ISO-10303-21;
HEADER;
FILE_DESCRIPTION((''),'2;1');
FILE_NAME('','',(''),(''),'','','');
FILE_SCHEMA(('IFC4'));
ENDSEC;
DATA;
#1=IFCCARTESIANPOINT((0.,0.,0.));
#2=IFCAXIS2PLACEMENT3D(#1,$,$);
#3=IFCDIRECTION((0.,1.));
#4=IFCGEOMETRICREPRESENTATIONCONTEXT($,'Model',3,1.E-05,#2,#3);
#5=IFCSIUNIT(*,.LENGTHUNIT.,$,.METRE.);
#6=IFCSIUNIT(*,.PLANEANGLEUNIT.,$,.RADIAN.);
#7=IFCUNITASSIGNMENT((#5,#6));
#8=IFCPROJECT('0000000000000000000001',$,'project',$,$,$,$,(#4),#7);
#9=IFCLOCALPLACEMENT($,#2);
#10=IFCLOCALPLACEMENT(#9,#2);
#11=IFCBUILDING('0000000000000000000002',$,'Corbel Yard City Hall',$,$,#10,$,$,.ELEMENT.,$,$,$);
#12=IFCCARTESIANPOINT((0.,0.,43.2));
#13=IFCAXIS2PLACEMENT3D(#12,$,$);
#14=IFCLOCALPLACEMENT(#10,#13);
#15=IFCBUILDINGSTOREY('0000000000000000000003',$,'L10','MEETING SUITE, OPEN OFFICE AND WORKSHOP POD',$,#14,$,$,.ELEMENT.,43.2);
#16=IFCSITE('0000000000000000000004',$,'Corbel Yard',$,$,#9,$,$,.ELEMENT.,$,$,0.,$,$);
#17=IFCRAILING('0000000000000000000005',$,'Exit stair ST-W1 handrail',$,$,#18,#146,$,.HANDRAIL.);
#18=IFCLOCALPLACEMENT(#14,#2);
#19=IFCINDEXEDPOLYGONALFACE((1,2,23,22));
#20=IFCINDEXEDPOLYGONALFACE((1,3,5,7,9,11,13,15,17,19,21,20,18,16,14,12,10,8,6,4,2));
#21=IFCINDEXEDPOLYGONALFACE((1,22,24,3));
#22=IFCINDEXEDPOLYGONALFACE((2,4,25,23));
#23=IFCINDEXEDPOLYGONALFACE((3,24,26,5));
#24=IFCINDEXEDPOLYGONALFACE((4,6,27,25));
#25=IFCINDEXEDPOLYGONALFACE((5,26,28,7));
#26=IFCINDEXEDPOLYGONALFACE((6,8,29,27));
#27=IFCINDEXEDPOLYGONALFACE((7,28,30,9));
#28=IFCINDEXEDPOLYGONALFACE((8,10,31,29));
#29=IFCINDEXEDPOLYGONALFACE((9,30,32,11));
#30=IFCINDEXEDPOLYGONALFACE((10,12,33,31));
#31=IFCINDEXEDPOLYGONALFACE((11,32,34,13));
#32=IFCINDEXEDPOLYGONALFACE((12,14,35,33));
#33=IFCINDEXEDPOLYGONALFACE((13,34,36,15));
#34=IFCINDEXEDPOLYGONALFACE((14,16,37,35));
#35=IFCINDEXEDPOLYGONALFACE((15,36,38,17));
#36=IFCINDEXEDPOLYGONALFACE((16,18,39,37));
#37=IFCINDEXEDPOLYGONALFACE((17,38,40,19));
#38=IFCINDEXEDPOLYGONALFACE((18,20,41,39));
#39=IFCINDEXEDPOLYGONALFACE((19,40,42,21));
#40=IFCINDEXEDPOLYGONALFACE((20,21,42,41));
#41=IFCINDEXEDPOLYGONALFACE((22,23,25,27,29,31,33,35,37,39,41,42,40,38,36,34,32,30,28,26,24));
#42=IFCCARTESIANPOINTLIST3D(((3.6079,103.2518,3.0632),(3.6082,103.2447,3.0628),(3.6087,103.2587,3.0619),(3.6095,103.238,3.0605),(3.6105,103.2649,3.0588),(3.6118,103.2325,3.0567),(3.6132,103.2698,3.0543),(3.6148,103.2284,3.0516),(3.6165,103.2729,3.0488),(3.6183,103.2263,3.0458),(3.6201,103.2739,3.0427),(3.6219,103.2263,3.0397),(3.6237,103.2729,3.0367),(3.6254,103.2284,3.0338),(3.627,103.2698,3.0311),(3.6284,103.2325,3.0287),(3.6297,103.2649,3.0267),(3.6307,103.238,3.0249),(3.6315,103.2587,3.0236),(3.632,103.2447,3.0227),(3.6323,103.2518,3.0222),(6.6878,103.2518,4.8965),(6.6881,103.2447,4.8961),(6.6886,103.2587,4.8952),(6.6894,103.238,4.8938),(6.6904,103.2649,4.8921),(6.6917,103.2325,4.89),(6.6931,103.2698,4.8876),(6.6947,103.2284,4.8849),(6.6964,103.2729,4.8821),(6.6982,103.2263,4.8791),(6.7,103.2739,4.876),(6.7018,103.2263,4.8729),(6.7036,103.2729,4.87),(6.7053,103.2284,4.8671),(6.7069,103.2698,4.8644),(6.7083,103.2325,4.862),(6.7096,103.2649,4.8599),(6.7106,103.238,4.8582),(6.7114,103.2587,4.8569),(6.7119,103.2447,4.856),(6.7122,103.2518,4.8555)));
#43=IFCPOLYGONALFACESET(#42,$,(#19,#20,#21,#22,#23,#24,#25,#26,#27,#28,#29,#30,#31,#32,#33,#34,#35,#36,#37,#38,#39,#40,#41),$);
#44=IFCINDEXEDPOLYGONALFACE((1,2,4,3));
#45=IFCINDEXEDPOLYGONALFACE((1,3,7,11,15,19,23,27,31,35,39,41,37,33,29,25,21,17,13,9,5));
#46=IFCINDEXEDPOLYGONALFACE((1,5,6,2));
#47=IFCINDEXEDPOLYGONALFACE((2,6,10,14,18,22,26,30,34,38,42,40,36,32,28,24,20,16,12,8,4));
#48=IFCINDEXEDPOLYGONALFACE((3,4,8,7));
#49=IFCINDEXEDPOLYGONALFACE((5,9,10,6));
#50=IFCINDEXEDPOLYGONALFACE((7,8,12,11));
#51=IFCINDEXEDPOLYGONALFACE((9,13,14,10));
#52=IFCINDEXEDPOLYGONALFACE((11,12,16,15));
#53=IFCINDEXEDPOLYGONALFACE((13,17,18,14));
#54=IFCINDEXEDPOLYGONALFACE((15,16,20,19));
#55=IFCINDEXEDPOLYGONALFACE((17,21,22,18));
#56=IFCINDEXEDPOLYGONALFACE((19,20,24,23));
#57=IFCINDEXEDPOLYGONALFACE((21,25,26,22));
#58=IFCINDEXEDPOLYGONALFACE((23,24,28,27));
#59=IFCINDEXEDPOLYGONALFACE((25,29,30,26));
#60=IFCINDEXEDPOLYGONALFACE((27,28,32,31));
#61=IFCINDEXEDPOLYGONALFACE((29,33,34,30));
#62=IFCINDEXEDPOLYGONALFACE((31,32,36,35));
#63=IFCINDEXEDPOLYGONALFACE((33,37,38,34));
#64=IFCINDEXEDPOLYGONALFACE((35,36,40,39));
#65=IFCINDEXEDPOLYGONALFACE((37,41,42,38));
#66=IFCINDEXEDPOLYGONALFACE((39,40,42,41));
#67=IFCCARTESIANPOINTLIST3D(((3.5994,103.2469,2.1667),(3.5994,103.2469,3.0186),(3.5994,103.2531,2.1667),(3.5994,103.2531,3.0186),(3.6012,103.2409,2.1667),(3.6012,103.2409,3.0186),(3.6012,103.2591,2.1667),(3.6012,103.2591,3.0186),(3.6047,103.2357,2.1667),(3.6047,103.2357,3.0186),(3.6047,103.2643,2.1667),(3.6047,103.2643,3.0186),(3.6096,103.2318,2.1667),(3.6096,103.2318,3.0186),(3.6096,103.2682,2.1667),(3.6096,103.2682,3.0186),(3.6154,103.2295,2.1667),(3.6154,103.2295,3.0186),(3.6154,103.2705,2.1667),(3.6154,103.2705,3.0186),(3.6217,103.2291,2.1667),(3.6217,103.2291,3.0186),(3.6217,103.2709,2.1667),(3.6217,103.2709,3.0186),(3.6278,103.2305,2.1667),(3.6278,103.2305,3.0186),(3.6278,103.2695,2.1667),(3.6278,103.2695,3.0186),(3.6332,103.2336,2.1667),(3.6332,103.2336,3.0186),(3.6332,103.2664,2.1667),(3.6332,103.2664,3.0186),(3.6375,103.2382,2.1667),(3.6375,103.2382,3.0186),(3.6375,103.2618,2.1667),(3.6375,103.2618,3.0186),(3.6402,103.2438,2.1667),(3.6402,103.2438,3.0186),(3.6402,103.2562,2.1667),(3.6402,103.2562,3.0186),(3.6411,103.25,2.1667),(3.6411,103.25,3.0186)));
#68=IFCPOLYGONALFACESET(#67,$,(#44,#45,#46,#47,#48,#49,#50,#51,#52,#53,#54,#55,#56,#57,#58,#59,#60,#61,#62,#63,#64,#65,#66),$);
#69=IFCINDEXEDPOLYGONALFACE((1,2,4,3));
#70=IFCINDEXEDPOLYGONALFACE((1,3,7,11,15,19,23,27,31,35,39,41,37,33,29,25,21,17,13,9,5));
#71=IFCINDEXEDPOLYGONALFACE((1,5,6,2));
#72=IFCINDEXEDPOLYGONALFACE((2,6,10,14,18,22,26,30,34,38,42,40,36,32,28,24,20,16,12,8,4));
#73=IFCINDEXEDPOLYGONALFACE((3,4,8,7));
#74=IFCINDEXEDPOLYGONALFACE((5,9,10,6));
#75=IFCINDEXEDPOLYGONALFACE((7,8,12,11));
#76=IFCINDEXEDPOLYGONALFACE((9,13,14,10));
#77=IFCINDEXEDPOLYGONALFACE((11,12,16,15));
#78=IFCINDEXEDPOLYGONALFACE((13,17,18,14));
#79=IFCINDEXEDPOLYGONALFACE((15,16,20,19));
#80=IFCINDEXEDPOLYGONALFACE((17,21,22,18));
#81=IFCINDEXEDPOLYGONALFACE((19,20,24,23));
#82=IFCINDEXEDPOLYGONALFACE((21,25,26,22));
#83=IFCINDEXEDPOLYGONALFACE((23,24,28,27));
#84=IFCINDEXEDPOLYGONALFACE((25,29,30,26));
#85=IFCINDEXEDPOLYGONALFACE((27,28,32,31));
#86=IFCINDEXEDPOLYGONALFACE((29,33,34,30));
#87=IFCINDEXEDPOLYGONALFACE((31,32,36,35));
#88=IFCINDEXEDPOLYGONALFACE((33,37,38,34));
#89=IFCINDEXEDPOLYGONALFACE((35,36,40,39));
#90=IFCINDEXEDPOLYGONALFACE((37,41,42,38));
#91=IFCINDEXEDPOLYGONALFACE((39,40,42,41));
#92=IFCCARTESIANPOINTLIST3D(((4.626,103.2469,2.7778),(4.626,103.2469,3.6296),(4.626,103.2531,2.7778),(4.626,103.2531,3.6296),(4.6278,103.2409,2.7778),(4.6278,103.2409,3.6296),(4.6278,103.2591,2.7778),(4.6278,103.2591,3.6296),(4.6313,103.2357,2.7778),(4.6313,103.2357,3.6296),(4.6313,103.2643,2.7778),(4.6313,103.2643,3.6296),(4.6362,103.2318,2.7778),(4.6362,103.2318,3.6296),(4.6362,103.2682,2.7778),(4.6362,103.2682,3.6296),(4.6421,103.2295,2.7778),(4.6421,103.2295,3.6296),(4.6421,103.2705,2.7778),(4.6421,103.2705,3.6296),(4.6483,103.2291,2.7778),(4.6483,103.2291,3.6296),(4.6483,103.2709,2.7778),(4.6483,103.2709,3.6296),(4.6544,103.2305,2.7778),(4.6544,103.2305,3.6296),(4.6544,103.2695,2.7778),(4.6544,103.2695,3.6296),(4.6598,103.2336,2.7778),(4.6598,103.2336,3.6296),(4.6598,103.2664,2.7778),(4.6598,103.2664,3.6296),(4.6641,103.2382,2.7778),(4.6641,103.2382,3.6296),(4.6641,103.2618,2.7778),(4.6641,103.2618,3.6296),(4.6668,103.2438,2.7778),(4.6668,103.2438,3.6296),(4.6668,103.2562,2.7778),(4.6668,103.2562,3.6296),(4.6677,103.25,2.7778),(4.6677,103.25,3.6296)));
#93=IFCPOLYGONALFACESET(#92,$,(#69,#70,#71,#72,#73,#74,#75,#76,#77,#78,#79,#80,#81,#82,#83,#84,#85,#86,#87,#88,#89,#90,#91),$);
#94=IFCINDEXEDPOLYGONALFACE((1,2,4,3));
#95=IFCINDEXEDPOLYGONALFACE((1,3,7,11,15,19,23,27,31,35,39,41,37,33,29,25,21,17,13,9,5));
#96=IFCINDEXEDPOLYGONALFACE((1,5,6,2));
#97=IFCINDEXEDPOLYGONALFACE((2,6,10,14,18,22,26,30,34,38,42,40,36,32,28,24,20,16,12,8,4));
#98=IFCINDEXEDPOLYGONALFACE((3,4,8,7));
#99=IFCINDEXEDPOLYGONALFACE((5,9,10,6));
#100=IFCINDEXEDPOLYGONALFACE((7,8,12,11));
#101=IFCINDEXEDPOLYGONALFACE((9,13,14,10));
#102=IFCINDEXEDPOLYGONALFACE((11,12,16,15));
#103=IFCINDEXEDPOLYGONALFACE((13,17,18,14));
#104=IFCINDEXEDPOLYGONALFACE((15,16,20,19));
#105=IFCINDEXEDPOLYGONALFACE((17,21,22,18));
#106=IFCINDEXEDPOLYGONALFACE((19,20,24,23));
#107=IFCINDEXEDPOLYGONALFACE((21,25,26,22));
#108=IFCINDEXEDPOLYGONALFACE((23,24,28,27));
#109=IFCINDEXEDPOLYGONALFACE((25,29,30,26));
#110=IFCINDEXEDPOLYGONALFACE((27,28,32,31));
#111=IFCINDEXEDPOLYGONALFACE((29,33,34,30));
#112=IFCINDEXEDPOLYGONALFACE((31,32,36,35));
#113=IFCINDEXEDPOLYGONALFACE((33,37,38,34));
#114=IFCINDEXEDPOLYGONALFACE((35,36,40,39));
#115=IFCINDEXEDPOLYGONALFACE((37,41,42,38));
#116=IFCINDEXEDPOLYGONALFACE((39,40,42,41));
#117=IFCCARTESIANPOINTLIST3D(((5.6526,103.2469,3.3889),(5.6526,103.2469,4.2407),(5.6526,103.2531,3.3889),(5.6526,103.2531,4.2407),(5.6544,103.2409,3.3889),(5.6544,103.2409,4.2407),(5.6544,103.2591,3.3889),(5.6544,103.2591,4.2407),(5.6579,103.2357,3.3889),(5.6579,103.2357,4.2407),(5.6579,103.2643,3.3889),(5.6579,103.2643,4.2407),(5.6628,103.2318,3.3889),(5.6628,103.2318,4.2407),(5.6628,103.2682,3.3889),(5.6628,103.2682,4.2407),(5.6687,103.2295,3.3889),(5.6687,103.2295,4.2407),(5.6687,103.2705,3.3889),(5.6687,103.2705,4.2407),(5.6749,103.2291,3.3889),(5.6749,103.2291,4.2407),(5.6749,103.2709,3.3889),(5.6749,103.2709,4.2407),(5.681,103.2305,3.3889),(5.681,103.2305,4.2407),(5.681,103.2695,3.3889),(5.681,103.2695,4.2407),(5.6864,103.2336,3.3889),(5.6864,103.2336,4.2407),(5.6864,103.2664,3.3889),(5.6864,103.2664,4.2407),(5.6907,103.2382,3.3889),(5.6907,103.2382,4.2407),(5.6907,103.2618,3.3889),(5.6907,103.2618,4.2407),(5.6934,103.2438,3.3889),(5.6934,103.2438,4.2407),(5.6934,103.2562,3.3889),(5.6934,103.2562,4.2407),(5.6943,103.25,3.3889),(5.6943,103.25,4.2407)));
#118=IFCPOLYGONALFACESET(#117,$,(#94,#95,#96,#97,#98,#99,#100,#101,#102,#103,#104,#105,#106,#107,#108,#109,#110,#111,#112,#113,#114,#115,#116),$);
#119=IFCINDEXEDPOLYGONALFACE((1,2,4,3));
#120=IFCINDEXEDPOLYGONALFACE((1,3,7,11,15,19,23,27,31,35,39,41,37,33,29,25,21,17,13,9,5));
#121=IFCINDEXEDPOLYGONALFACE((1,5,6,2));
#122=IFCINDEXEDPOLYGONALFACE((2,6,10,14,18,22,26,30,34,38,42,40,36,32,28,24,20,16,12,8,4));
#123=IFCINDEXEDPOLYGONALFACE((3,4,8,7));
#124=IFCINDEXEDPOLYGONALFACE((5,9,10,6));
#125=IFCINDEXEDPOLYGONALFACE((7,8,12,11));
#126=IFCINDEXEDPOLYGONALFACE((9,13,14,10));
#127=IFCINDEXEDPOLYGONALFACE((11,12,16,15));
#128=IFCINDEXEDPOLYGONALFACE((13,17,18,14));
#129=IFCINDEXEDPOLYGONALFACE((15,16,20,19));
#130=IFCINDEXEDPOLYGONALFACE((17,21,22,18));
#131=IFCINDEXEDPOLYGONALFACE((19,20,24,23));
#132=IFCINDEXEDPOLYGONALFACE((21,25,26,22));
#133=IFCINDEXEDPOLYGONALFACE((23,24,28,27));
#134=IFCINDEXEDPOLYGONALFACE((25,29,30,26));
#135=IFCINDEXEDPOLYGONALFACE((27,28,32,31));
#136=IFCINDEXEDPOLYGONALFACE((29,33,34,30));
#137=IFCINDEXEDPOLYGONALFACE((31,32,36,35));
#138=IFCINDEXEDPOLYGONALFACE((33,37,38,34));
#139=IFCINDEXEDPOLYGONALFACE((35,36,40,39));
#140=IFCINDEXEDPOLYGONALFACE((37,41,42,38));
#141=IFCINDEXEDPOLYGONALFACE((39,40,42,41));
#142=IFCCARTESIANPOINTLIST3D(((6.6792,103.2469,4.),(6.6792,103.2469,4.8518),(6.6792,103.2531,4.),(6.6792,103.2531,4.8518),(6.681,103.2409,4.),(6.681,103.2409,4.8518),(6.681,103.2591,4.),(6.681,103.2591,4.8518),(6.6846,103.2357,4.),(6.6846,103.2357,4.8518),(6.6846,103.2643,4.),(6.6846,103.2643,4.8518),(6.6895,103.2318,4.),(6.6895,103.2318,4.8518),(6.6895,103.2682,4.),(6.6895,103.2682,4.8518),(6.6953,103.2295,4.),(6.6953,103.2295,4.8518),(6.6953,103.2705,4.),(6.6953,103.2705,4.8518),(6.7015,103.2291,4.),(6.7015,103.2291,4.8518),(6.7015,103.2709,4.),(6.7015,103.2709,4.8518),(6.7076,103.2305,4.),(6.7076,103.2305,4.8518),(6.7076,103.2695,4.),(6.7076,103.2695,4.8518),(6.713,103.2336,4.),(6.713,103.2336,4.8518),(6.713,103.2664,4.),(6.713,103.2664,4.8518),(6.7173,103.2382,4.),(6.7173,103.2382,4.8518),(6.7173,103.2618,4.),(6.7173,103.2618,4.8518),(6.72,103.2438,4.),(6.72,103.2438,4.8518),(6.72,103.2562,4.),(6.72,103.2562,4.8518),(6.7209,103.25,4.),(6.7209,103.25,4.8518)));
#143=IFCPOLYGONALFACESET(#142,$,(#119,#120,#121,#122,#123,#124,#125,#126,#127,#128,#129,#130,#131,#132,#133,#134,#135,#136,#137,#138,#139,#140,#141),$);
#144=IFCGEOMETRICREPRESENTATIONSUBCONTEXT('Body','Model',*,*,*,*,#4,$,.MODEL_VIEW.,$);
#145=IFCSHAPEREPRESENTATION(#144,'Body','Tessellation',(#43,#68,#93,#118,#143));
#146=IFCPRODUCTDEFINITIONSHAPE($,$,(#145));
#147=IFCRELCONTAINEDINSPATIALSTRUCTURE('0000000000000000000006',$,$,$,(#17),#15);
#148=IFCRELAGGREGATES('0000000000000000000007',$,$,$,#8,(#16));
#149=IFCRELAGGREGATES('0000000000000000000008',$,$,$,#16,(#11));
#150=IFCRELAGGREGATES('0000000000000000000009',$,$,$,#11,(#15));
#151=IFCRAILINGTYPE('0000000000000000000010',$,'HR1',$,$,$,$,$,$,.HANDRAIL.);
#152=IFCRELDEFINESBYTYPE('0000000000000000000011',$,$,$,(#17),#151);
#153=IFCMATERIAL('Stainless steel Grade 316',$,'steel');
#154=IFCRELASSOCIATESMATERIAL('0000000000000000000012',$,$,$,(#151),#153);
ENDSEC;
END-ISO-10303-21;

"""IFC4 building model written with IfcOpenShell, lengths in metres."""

from ifc_helpers import new_model, si_unit, direction, frame, origin, origin_2d, place, context, subcontext, project, spatial, circle, extrude, material, type_object, element, save


model = new_model("IFC4")

# Units and contexts
model_context = context("Model", 3, precision=1e-05, world=origin(), true_north=direction((0.0, 1.0)))
body_context = subcontext(model_context, "Body", "Model", "MODEL_VIEW")
ifc_project = project(units=[si_unit("LENGTHUNIT", "METRE"), si_unit("PLANEANGLEUNIT", "RADIAN")], contexts=[model_context])

# Site, building, storey
site_placement = place(None, origin())
site = spatial("IfcSite", under=ifc_project, at=site_placement, Name="Corbel Yard", CompositionType="ELEMENT", RefElevation=0.0)
building_placement = place(site_placement, origin())
building = spatial("IfcBuilding", under=site, at=building_placement, Name="Corbel Yard City Hall", CompositionType="ELEMENT")
storey_placement = place(building_placement, frame((0.0, 0.0, 43.2)))
storey = spatial("IfcBuildingStorey", under=building, at=storey_placement, Name="L10", Description="MEETING SUITE, OPEN OFFICE AND WORKSHOP POD", CompositionType="ELEMENT", Elevation=43.2)

# Shared definitions
ifc_material_1 = material(Name="Stainless steel Grade 316", Category="steel")

# Railing
railing_type = type_object("IfcRailingType", Name="HR1", PredefinedType="HANDRAIL", material=ifc_material_1)
for number, where, name in (
    (1, (3.6201, 103.25, 2.1667), "Exit stair ST-W1 handrail"),
):
    element("IfcRailing", number, at=place(storey_placement, frame(where)), inside=storey, type_object=railing_type, Name=name, PredefinedType="HANDRAIL", context=body_context, shape_type="SweptSolid", body=[
        extrude(circle(Radius=0.0239, at=origin_2d()), frame((0.0, 0.0, 0.876), z_axis=(0.859291, 0.0, 0.511487), x_axis=(0.0, 1.0, 0.0)), (0.0, 0.0, 1.0), 3.5842),
        extrude(circle(Radius=0.021, at=origin_2d()), origin(), (0.0, 0.0, 1.0), 0.8518),
        extrude(circle(Radius=0.021, at=origin_2d()), frame((1.0266, 0.0, 0.6111)), (0.0, 0.0, 1.0), 0.8518),
        extrude(circle(Radius=0.021, at=origin_2d()), frame((2.0532, 0.0, 1.2222)), (0.0, 0.0, 1.0), 0.8518),
        extrude(circle(Radius=0.021, at=origin_2d()), frame((3.0798, 0.0, 1.8333)), (0.0, 0.0, 1.0), 0.8518),
    ])

save(model, "model.ifc")
